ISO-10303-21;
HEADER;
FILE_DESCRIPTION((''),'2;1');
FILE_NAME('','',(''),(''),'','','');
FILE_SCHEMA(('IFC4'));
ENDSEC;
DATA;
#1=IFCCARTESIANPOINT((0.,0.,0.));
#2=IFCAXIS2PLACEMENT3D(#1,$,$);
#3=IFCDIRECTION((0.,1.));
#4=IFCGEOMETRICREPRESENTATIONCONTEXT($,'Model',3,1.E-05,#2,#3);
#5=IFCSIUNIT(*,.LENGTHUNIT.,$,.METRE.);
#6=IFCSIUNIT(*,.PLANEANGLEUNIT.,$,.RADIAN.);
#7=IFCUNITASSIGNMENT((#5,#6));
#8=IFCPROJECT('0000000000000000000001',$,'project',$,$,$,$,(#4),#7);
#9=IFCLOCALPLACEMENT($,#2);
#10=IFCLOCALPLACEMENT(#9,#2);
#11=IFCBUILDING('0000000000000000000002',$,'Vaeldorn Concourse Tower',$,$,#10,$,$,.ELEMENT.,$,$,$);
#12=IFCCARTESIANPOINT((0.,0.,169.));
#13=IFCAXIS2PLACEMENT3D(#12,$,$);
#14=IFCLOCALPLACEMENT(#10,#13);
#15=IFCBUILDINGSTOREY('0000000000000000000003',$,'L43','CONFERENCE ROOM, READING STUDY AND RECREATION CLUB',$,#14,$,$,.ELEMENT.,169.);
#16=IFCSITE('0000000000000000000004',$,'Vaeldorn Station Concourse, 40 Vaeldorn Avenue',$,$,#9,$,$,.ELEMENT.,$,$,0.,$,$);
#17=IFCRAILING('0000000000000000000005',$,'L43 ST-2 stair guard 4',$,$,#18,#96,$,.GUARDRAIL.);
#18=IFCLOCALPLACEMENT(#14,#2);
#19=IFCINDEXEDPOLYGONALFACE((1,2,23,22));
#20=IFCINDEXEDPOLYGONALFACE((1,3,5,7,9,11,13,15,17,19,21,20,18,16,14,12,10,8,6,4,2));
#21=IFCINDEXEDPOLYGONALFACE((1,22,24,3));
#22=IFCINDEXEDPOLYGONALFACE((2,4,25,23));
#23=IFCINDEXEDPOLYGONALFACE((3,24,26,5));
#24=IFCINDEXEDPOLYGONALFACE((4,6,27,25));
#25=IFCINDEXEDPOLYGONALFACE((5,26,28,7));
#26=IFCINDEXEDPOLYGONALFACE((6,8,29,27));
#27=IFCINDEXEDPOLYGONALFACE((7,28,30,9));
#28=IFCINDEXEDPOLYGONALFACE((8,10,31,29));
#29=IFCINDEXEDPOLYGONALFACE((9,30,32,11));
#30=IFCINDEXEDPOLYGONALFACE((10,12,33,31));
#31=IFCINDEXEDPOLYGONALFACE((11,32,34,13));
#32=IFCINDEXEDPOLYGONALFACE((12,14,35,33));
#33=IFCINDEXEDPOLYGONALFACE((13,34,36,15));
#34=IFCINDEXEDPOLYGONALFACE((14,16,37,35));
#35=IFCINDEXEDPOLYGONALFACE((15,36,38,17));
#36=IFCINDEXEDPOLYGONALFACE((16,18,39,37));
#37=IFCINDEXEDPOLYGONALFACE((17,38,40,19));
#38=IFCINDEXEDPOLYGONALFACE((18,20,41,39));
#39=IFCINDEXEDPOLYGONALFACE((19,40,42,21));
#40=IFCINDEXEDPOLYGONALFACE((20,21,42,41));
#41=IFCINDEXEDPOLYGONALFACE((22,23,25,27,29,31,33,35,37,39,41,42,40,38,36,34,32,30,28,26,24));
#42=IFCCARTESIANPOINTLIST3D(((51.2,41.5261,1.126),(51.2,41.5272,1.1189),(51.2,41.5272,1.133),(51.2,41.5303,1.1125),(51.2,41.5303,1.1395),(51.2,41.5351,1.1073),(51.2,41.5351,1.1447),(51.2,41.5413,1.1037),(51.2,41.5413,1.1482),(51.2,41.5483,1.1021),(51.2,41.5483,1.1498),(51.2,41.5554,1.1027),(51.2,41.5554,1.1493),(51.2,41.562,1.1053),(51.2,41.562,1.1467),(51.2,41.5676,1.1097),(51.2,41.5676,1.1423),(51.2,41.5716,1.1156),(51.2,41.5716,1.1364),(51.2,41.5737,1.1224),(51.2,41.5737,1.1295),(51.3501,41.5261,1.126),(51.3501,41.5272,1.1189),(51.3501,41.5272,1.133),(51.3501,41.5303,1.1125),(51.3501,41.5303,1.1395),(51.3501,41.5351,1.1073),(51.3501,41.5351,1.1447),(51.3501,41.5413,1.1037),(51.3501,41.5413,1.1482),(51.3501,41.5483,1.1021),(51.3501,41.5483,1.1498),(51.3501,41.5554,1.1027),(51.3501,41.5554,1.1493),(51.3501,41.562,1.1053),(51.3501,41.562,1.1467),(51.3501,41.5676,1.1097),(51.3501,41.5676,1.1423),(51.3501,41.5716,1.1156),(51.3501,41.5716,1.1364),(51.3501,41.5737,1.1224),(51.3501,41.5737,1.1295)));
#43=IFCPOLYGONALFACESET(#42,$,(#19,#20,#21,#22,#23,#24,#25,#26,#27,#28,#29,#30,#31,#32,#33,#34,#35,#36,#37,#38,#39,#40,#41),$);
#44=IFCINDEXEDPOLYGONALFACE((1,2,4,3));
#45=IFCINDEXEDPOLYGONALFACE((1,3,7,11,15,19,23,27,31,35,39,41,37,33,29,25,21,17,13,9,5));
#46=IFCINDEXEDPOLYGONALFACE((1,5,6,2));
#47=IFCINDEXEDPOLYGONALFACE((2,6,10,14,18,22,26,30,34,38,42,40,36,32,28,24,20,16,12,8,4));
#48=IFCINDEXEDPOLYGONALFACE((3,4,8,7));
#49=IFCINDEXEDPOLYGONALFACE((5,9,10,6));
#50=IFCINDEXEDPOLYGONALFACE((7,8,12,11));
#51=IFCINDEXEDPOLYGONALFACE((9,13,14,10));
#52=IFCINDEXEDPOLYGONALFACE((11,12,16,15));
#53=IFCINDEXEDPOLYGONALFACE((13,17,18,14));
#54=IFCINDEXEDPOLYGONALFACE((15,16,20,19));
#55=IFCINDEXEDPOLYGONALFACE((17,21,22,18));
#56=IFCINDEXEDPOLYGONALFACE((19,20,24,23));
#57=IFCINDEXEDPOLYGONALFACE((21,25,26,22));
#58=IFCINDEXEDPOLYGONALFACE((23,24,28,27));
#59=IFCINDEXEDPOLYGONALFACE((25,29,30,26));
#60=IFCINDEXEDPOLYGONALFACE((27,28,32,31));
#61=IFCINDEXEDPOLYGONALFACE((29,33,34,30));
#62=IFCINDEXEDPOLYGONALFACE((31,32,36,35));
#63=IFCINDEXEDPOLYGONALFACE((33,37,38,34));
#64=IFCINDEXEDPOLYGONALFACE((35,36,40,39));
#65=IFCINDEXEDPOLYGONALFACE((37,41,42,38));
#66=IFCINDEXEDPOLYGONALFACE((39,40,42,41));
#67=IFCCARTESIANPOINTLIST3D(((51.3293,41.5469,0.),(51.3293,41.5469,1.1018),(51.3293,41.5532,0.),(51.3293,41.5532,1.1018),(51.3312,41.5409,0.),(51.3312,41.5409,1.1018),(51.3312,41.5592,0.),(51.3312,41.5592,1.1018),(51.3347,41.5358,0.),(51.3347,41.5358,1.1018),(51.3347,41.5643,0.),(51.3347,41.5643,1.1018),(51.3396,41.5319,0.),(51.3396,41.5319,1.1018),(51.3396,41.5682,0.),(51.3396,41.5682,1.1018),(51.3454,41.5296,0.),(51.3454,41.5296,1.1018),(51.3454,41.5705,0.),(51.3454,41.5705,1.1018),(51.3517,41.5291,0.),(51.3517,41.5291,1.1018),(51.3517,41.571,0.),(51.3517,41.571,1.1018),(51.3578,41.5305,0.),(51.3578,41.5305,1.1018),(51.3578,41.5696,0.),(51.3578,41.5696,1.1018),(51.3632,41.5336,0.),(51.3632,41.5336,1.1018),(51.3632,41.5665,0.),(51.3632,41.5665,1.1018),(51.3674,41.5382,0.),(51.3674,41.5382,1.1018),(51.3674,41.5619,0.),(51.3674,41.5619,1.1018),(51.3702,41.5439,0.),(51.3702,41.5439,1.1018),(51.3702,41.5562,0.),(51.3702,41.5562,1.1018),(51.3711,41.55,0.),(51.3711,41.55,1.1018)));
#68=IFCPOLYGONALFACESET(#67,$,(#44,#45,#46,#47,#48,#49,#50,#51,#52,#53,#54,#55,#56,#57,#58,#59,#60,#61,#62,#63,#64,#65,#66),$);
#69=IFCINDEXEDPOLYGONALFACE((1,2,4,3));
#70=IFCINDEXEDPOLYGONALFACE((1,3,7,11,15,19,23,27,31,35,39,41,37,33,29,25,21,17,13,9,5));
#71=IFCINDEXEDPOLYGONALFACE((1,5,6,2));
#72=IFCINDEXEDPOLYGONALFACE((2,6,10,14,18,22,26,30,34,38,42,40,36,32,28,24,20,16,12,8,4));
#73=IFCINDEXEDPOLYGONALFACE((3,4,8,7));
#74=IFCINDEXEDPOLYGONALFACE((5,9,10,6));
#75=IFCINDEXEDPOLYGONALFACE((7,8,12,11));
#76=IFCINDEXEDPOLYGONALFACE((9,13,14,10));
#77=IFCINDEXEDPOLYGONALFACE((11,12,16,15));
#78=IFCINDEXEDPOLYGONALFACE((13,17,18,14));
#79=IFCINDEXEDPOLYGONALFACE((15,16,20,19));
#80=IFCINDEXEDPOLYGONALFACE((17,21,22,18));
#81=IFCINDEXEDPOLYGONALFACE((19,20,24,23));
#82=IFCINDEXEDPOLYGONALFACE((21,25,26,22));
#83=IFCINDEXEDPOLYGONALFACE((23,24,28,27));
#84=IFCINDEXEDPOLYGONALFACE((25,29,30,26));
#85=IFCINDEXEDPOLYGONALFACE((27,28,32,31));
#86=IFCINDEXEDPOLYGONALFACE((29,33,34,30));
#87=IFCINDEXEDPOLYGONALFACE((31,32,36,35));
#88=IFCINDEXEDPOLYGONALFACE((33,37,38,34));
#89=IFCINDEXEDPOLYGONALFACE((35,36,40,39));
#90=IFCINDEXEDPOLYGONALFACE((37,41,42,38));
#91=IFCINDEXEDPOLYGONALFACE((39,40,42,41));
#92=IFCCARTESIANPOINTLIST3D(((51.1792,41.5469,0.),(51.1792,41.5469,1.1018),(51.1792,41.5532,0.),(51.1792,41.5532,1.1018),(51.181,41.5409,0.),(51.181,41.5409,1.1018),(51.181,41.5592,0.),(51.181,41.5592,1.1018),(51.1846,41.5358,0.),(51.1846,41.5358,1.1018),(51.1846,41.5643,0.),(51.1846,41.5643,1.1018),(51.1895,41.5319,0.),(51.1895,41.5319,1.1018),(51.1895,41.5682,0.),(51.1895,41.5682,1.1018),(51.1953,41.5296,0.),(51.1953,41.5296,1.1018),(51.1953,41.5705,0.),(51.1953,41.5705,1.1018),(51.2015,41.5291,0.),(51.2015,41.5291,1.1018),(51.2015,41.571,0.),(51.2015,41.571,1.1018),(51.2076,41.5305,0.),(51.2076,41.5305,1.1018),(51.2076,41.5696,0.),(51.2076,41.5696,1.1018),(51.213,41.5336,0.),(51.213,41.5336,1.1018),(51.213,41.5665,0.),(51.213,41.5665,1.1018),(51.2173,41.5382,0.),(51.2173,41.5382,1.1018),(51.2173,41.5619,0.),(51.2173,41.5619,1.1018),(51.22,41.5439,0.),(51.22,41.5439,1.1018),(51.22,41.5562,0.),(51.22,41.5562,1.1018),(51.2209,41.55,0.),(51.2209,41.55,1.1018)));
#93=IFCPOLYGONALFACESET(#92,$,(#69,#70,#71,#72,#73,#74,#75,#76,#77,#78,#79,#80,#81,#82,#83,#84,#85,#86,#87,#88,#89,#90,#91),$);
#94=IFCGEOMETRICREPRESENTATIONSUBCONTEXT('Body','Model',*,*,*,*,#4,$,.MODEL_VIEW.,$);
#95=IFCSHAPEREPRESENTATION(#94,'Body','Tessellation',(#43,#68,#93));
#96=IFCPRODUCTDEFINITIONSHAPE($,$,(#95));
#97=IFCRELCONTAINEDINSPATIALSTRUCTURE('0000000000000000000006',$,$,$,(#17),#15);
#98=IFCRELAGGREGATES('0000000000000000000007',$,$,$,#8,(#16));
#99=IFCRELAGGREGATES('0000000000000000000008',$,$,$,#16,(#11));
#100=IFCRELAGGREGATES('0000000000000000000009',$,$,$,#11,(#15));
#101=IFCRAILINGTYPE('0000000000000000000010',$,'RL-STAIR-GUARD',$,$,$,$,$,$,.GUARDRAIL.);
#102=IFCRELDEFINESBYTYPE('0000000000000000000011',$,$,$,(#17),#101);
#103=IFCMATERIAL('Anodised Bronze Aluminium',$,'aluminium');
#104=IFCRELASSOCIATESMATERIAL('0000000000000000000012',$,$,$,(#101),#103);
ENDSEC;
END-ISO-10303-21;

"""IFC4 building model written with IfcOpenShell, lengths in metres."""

from ifc_helpers import new_model, si_unit, direction, frame, origin, origin_2d, place, context, subcontext, project, spatial, circle, extrude, material, type_object, element, save


model = new_model("IFC4")

# Units and contexts
model_context = context("Model", 3, precision=1e-05, world=origin(), true_north=direction((0.0, 1.0)))
body_context = subcontext(model_context, "Body", "Model", "MODEL_VIEW")
ifc_project = project(units=[si_unit("LENGTHUNIT", "METRE"), si_unit("PLANEANGLEUNIT", "RADIAN")], contexts=[model_context])

# Site, building, storey
site_placement = place(None, origin())
site = spatial("IfcSite", under=ifc_project, at=site_placement, Name="Vaeldorn Station Concourse, 40 Vaeldorn Avenue", CompositionType="ELEMENT", RefElevation=0.0)
building_placement = place(site_placement, origin())
building = spatial("IfcBuilding", under=site, at=building_placement, Name="Vaeldorn Concourse Tower", CompositionType="ELEMENT")
storey_placement = place(building_placement, frame((0.0, 0.0, 169.0)))
storey = spatial("IfcBuildingStorey", under=building, at=storey_placement, Name="L43", Description="CONFERENCE ROOM, READING STUDY AND RECREATION CLUB", CompositionType="ELEMENT", Elevation=169.0)

# Shared definitions
ifc_material_1 = material(Name="Anodised Bronze Aluminium", Category="aluminium")

# Railing
railing_type_1 = type_object("IfcRailingType", Name="RL-STAIR-GUARD", PredefinedType="GUARDRAIL", material=ifc_material_1)
railing_1_placement = place(storey_placement, frame((51.3501, 41.55, 0.0)))
element("IfcRailing", 1, at=railing_1_placement, inside=storey, type_object=railing_type_1, Name="L43 ST-2 stair guard 4", PredefinedType="GUARDRAIL", context=body_context, shape_type="SweptSolid", body=[
    extrude(circle(Radius=0.0239, at=origin_2d()), frame((0.0, 0.0, 1.126), z_axis=(-1.0, 0.0, 0.0), x_axis=(0.0, -1.0, 0.0)), (0.0, 0.0, 1.0), 0.1501),
    extrude(circle(Radius=0.021, at=origin_2d()), origin(), (0.0, 0.0, 1.0), 1.1018),
    extrude(circle(Radius=0.021, at=origin_2d()), frame((-0.1501, 0.0, 0.0)), (0.0, 0.0, 1.0), 1.1018),
])

save(model, "model.ifc")
